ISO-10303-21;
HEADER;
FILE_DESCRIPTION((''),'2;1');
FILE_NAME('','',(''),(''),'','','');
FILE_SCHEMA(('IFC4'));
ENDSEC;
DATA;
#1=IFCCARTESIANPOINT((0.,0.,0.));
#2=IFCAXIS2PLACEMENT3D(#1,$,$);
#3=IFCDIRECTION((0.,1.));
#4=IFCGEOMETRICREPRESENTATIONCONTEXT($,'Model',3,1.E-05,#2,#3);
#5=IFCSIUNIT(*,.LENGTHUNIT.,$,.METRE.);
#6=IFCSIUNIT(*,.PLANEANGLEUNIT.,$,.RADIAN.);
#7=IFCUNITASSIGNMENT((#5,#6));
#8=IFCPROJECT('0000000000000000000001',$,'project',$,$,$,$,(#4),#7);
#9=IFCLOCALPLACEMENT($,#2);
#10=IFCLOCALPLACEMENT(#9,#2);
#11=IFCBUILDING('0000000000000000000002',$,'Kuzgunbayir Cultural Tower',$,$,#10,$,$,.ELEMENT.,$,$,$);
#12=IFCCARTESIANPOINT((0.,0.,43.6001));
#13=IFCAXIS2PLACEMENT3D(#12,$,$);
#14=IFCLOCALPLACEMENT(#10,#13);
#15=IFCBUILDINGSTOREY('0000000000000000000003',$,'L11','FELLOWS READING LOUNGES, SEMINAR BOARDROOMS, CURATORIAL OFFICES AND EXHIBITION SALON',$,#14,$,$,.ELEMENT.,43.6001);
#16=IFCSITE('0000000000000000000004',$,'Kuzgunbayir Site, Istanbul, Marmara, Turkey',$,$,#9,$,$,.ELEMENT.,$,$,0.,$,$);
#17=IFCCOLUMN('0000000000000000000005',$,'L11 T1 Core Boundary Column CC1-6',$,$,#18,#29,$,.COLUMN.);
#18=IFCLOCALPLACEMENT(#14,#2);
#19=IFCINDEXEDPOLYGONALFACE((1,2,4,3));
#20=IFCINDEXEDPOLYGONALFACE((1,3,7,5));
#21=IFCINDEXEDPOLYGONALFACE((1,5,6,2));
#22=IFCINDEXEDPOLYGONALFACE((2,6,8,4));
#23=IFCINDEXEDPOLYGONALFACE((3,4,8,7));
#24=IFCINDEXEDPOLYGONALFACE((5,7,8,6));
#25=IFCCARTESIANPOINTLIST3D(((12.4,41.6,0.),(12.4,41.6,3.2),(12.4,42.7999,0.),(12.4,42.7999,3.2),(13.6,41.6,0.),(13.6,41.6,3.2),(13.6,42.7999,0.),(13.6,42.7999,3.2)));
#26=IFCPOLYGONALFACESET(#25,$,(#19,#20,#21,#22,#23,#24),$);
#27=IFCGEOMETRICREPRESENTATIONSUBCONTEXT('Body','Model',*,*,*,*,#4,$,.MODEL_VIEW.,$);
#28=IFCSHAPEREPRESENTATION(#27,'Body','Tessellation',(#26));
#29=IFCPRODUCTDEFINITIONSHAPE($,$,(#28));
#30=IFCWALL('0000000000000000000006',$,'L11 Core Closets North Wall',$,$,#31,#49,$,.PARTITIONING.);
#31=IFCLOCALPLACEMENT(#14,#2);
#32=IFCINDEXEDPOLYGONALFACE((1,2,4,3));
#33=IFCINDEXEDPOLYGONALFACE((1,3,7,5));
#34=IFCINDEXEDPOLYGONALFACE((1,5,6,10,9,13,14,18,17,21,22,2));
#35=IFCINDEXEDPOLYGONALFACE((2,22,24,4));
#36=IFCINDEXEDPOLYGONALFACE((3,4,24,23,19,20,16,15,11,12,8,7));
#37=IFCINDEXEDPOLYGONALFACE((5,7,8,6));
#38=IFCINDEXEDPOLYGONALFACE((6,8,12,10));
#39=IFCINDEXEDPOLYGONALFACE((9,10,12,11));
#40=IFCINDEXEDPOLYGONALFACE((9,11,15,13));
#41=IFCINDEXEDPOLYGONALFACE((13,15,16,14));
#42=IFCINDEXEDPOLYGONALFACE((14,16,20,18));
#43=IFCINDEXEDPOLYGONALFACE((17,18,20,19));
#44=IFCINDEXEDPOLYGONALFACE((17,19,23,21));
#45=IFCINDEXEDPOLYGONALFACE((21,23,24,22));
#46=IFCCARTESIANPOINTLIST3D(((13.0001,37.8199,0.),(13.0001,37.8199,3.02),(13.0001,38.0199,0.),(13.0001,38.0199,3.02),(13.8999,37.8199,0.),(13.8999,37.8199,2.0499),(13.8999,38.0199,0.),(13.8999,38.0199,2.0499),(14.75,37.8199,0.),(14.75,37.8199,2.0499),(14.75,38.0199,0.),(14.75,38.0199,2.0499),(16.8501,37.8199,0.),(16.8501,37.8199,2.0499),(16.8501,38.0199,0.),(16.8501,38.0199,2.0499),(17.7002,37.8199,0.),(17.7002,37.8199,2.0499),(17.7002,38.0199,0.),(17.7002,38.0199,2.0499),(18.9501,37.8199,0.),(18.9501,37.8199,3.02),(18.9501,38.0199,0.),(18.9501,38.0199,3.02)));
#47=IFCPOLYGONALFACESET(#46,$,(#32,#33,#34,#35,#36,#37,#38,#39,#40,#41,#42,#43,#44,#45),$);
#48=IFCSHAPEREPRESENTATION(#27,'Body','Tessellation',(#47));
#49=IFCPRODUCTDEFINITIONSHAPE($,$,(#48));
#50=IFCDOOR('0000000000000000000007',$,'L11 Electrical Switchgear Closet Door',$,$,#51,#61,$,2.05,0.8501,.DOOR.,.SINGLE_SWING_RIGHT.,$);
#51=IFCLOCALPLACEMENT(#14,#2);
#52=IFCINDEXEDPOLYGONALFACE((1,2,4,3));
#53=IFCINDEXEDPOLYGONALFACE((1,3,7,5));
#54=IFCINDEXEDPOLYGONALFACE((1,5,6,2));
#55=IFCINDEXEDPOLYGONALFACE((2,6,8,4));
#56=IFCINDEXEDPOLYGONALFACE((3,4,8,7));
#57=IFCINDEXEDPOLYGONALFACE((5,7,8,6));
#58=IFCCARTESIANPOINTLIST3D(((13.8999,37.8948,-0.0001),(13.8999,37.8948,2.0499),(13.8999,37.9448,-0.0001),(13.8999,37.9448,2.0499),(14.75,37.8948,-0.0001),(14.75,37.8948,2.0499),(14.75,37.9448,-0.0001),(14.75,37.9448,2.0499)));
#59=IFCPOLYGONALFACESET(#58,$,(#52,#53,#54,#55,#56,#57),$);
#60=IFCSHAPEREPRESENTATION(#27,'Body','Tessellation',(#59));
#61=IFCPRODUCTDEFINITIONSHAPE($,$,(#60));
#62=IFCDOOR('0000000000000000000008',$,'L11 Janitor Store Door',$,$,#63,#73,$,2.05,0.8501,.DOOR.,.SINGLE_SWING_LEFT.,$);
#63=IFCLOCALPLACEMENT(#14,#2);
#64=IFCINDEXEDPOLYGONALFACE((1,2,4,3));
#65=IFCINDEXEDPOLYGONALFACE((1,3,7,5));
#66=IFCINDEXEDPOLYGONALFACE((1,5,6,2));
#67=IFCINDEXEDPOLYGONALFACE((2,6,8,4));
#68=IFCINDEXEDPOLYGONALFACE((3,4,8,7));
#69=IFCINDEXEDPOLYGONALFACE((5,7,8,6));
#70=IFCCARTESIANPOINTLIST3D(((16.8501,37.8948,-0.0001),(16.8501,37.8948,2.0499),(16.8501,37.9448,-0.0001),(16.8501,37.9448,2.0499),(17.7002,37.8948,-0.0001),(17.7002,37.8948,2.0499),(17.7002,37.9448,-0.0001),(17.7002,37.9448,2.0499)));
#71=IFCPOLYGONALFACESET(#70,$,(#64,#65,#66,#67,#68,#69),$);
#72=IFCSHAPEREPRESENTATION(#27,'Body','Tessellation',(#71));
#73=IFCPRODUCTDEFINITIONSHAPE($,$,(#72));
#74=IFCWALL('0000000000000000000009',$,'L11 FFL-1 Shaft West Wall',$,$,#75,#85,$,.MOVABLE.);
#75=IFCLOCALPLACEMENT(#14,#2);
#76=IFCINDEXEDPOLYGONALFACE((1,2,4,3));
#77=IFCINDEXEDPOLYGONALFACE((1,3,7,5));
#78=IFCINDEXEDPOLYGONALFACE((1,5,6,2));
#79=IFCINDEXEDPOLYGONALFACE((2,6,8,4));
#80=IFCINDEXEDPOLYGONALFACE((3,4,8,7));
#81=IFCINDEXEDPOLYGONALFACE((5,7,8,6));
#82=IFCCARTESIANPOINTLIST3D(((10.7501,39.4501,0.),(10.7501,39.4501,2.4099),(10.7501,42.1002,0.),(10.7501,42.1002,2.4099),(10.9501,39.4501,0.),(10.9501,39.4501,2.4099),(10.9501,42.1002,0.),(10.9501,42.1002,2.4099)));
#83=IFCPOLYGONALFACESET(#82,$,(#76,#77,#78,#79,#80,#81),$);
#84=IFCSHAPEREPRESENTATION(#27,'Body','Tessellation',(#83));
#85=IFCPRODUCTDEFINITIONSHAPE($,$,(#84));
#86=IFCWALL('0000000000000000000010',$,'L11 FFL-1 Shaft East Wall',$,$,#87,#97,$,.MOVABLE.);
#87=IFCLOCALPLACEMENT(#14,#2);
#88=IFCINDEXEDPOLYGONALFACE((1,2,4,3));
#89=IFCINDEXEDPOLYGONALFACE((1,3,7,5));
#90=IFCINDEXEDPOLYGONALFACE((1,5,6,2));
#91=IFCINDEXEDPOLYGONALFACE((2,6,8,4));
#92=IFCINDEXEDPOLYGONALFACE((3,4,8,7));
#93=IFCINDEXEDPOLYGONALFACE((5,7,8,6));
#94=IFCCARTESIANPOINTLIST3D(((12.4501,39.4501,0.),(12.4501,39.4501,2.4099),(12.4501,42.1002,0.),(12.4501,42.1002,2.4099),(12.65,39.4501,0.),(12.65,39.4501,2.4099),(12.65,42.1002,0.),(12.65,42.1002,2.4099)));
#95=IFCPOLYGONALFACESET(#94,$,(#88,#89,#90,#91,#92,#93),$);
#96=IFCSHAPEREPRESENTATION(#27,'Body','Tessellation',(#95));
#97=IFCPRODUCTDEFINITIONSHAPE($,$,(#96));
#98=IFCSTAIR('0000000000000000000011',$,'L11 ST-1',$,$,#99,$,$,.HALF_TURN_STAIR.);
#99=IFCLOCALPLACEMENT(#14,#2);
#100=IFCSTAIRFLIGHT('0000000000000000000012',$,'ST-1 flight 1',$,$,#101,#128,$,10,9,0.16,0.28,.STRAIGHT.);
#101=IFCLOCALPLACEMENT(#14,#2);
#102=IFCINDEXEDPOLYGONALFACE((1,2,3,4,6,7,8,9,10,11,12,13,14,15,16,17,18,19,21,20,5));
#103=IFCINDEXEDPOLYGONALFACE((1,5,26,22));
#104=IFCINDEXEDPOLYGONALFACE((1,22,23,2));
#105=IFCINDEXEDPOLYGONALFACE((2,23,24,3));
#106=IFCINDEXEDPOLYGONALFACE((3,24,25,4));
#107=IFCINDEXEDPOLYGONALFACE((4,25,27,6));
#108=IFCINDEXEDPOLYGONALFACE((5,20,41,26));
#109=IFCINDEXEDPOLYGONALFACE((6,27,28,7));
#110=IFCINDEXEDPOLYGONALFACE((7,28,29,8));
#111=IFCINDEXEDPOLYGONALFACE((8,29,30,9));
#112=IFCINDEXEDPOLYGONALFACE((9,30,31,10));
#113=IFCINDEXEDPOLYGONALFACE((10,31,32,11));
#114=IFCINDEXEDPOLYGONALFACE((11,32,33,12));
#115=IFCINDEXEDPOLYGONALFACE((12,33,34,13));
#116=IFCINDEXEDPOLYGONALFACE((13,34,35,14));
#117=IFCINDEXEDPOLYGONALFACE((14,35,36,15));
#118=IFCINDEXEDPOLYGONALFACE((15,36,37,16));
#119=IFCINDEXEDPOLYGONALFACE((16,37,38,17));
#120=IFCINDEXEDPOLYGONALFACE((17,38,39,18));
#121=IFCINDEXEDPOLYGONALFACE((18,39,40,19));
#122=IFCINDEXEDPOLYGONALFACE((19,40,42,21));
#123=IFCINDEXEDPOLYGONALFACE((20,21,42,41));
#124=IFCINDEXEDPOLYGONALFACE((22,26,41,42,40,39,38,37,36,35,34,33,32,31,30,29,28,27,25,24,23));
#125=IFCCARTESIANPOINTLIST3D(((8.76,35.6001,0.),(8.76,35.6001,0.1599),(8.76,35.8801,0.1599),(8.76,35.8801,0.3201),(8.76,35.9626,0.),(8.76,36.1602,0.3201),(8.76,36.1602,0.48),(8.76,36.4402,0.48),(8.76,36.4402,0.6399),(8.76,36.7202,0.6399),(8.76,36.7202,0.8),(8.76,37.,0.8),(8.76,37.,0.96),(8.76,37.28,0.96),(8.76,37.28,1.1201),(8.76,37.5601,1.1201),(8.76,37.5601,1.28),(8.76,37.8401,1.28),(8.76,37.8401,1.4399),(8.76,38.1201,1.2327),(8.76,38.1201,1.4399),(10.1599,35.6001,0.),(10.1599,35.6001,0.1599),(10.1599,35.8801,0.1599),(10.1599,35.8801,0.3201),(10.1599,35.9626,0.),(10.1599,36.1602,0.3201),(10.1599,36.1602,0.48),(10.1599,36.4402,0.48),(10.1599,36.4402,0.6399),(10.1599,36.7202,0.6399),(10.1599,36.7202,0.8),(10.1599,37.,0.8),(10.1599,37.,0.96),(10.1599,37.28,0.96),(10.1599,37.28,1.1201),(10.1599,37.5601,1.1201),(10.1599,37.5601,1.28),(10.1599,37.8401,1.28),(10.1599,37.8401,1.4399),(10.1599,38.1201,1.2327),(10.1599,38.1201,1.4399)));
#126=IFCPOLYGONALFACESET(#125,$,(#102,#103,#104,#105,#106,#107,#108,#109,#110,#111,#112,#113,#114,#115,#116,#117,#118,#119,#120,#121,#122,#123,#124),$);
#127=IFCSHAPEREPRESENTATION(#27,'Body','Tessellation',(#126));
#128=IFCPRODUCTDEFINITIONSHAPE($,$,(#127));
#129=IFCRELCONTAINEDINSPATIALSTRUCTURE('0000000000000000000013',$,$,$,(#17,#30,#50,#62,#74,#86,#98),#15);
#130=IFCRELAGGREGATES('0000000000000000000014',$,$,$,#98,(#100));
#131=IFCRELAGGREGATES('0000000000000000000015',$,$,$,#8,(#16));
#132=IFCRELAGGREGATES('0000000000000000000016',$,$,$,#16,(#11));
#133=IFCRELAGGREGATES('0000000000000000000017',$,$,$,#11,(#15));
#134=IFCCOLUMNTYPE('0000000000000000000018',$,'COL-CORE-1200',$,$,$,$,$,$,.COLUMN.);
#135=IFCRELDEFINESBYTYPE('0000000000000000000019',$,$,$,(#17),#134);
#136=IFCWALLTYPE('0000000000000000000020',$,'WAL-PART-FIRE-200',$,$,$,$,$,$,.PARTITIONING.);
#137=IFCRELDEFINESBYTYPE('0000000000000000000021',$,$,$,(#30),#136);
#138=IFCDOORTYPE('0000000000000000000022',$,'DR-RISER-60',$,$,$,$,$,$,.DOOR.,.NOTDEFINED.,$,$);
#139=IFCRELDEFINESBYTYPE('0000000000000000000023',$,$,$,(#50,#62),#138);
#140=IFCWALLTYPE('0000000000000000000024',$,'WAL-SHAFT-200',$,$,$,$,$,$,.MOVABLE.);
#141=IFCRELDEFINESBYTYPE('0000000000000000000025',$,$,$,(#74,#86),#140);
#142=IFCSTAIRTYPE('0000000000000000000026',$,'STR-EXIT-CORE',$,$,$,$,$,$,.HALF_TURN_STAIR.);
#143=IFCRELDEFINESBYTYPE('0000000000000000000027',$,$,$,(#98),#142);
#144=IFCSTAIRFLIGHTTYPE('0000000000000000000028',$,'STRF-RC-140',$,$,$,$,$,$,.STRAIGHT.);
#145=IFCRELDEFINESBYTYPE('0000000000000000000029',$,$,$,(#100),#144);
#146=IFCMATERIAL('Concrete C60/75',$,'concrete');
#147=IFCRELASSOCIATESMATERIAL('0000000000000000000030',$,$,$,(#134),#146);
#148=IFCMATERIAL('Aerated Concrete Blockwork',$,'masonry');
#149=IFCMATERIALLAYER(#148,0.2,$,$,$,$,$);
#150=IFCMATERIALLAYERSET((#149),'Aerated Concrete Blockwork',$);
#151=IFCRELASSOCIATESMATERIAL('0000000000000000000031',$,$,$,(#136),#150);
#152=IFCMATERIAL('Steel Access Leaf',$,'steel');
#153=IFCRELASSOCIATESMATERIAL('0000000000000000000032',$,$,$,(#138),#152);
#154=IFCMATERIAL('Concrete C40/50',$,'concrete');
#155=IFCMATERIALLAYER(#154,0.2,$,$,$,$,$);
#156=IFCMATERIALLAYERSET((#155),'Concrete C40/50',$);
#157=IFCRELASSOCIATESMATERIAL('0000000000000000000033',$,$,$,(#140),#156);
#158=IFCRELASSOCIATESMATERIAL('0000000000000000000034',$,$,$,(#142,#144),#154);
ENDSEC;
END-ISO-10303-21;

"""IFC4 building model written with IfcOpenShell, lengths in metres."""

from ifc_helpers import new_model, si_unit, direction, frame, frame_2d, origin, origin_2d, place, context, subcontext, project, spatial, polyline, rectangle, outline, extrude, material, layer, layer_set, material_profile, profile_set, type_object, element, fill, aggregate, save


model = new_model("IFC4")

# Units and contexts
model_context = context("Model", 3, precision=1e-05, world=origin(), true_north=direction((0.0, 1.0)))
body_context = subcontext(model_context, "Body", "Model", "MODEL_VIEW")
ifc_project = project(units=[si_unit("LENGTHUNIT", "METRE"), si_unit("PLANEANGLEUNIT", "RADIAN")], contexts=[model_context])

# Site, building, storey
site_placement = place(None, origin())
site = spatial("IfcSite", under=ifc_project, at=site_placement, Name="Kuzgunbayir Site, Istanbul, Marmara, Turkey", CompositionType="ELEMENT", RefElevation=0.0)
building_placement = place(site_placement, origin())
building = spatial("IfcBuilding", under=site, at=building_placement, Name="Kuzgunbayir Cultural Tower", CompositionType="ELEMENT")
storey_placement = place(building_placement, frame((0.0, 0.0, 43.6001)))
storey = spatial("IfcBuildingStorey", under=building, at=storey_placement, Name="L11", Description="FELLOWS READING LOUNGES, SEMINAR BOARDROOMS, CURATORIAL OFFICES AND EXHIBITION SALON", CompositionType="ELEMENT", Elevation=43.6001)

# Column
ifc_material_1 = material(Name="Concrete C60/75", Category="concrete")
ifc_material_profile = material_profile(ifc_material_1, rectangle(XDim=1.2, YDim=1.2, at=origin_2d()), Name="RC 1200x1200")
ifc_profile_set = profile_set([ifc_material_profile], Name="Concrete C60/75")
column_type = type_object("IfcColumnType", Name="COL-CORE-1200", PredefinedType="COLUMN", material=ifc_profile_set)
column_placement = place(storey_placement, frame((13.0, 42.2, 0.0), z_axis=(0.0, 0.0, 1.0), x_axis=(1.0, 0.0, 0.0)))
element("IfcColumn", 1, at=column_placement, inside=storey, type_object=column_type, Name="L11 T1 Core Boundary Column CC1-6", PredefinedType="COLUMN", context=body_context, shape_type="SweptSolid", body=[
    extrude(rectangle(XDim=1.2, YDim=1.2, at=origin_2d()), origin(), (0.0, 0.0, 1.0), 3.2),
])

# Wall, openings, doors
ifc_material_2 = material(Name="Aerated Concrete Blockwork", Category="masonry")
ifc_layer_1 = layer(ifc_material_2, 0.2)
ifc_layer_set_1 = layer_set([ifc_layer_1], Name="Aerated Concrete Blockwork")
wall_type_1 = type_object("IfcWallType", Name="WAL-PART-FIRE-200", PredefinedType="PARTITIONING", material=ifc_layer_set_1)
wall_1_placement = place(storey_placement, frame((13.0, 37.9199, 0.0), z_axis=(0.0, 0.0, 1.0), x_axis=(1.0, 0.0, 0.0)))
wall_1 = element("IfcWall", 2, at=wall_1_placement, inside=storey, type_object=wall_type_1, Name="L11 Core Closets North Wall", PredefinedType="PARTITIONING", context=body_context, shape_type="SweptSolid", body=[
    extrude(rectangle(XDim=5.95, YDim=0.2, at=frame_2d((2.9751, 0.0))), origin(), (0.0, 0.0, 1.0), 3.02),
])
opening_1_placement = place(wall_1_placement, frame((0.8999, 0.0, 0.0)))
opening_1 = element("IfcOpeningElement", 3, at=opening_1_placement, cuts=wall_1, PredefinedType="OPENING", context=body_context, shape_type="SweptSolid", body=[
    extrude(rectangle(XDim=0.8501, YDim=2.05, at=frame_2d((0.425, 1.0249))), frame((0.0, 0.1099, 0.0), z_axis=(0.0, -1.0, 0.0), x_axis=(1.0, 0.0, 0.0)), (0.0, 0.0, 1.0), 0.22),
])
opening_2_placement = place(wall_1_placement, frame((3.8501, 0.0, 0.0)))
opening_2 = element("IfcOpeningElement", 4, at=opening_2_placement, cuts=wall_1, PredefinedType="OPENING", context=body_context, shape_type="SweptSolid", body=[
    extrude(rectangle(XDim=0.8501, YDim=2.05, at=frame_2d((0.425, 1.0249))), frame((0.0, 0.1099, 0.0), z_axis=(0.0, -1.0, 0.0), x_axis=(1.0, 0.0, 0.0)), (0.0, 0.0, 1.0), 0.22),
])
ifc_material_3 = material(Name="Steel Access Leaf", Category="steel")
door_type_1 = type_object("IfcDoorType", Name="DR-RISER-60", OperationType="NOTDEFINED", PredefinedType="DOOR", material=ifc_material_3)
door_1_placement = place(opening_1_placement, origin())
door_1 = element("IfcDoor", 5, at=door_1_placement, inside=storey, type_object=door_type_1, Name="L11 Electrical Switchgear Closet Door", OperationType="SINGLE_SWING_RIGHT", OverallHeight=2.05, OverallWidth=0.8501, PredefinedType="DOOR", context=body_context, shape_type="SweptSolid", body=[
    extrude(rectangle(XDim=0.8501, YDim=2.05, at=frame_2d((0.425, 1.0249))), frame((0.0, 0.0249, 0.0), z_axis=(0.0, -1.0, 0.0), x_axis=(1.0, 0.0, 0.0)), (0.0, 0.0, 1.0), 0.05),
])
fill(opening_1, door_1)
door_2_placement = place(opening_2_placement, origin())
door_2 = element("IfcDoor", 6, at=door_2_placement, inside=storey, type_object=door_type_1, Name="L11 Janitor Store Door", OperationType="SINGLE_SWING_LEFT", OverallHeight=2.05, OverallWidth=0.8501, PredefinedType="DOOR", context=body_context, shape_type="SweptSolid", body=[
    extrude(rectangle(XDim=0.8501, YDim=2.05, at=frame_2d((0.425, 1.0249))), frame((0.0, 0.0249, 0.0), z_axis=(0.0, -1.0, 0.0), x_axis=(1.0, 0.0, 0.0)), (0.0, 0.0, 1.0), 0.05),
])
fill(opening_2, door_2)

# Shared definitions
ifc_material_4 = material(Name="Concrete C40/50", Category="concrete")
ifc_layer_2 = layer(ifc_material_4, 0.2)
ifc_layer_set_2 = layer_set([ifc_layer_2], Name="Concrete C40/50")
wall_type_2 = type_object("IfcWallType", Name="WAL-SHAFT-200", PredefinedType="MOVABLE", material=ifc_layer_set_2)

# Walls
for number, where, z_axis, x_axis, name in (
    (7, (10.8501, 39.45, 0.0), (0.0, 0.0, 1.0), (0.0, 1.0, 0.0), "L11 FFL-1 Shaft West Wall"),
    (8, (12.55, 39.45, 0.0), (0.0, 0.0, 1.0), (0.0, 1.0, 0.0), "L11 FFL-1 Shaft East Wall"),
):
    element("IfcWall", number, at=place(storey_placement, frame(where, z_axis=z_axis, x_axis=x_axis)), inside=storey, type_object=wall_type_2, Name=name, PredefinedType="MOVABLE", context=body_context, shape_type="SweptSolid", body=[
        extrude(rectangle(XDim=2.6501, YDim=0.2, at=frame_2d((1.3252, 0.0))), origin(), (0.0, 0.0, 1.0), 2.4099),
    ])

# Stair, stair flight
stair_type = type_object("IfcStairType", Name="STR-EXIT-CORE", PredefinedType="HALF_TURN_STAIR", material=ifc_material_4)
stair_placement = place(storey_placement, origin())
stair = element("IfcStair", 9, at=stair_placement, inside=storey, type_object=stair_type, Name="L11 ST-1", PredefinedType="HALF_TURN_STAIR")
stair_flight_type = type_object("IfcStairFlightType", Name="STRF-RC-140", PredefinedType="STRAIGHT", material=ifc_material_4)
stair_flight_placement = place(storey_placement, frame((9.46, 35.6001, 0.0), z_axis=(0.0, 0.0, 1.0), x_axis=(0.0, 1.0, 0.0)))
stair_flight = element("IfcStairFlight", 10, at=stair_flight_placement, type_object=stair_flight_type, Name="ST-1 flight 1", NumberOfRisers=10, NumberOfTreads=9, PredefinedType="STRAIGHT", RiserHeight=0.16, TreadLength=0.28, context=body_context, shape_type="SweptSolid", body=[
    extrude(outline(polyline([(0.0, 0.0), (0.0, 0.1599), (0.28, 0.1599), (0.28, 0.3201), (0.5601, 0.3201), (0.5601, 0.48), (0.8401, 0.48), (0.8401, 0.6399), (1.1201, 0.6399), (1.1201, 0.8), (1.3999, 0.8), (1.3999, 0.96), (1.6799, 0.96), (1.6799, 1.1201), (1.96, 1.1201), (1.96, 1.28), (2.24, 1.28), (2.24, 1.4399), (2.52, 1.4399), (2.52, 1.6001), (2.52, 1.2327), (0.3625, 0.0), (0.0, 0.0)])), frame((0.0, 0.7, 0.0), z_axis=(0.0, -1.0, 0.0), x_axis=(1.0, 0.0, 0.0)), (0.0, 0.0, 1.0), 1.3999),
])
aggregate(stair, [stair_flight])

save(model, "model.ifc")
